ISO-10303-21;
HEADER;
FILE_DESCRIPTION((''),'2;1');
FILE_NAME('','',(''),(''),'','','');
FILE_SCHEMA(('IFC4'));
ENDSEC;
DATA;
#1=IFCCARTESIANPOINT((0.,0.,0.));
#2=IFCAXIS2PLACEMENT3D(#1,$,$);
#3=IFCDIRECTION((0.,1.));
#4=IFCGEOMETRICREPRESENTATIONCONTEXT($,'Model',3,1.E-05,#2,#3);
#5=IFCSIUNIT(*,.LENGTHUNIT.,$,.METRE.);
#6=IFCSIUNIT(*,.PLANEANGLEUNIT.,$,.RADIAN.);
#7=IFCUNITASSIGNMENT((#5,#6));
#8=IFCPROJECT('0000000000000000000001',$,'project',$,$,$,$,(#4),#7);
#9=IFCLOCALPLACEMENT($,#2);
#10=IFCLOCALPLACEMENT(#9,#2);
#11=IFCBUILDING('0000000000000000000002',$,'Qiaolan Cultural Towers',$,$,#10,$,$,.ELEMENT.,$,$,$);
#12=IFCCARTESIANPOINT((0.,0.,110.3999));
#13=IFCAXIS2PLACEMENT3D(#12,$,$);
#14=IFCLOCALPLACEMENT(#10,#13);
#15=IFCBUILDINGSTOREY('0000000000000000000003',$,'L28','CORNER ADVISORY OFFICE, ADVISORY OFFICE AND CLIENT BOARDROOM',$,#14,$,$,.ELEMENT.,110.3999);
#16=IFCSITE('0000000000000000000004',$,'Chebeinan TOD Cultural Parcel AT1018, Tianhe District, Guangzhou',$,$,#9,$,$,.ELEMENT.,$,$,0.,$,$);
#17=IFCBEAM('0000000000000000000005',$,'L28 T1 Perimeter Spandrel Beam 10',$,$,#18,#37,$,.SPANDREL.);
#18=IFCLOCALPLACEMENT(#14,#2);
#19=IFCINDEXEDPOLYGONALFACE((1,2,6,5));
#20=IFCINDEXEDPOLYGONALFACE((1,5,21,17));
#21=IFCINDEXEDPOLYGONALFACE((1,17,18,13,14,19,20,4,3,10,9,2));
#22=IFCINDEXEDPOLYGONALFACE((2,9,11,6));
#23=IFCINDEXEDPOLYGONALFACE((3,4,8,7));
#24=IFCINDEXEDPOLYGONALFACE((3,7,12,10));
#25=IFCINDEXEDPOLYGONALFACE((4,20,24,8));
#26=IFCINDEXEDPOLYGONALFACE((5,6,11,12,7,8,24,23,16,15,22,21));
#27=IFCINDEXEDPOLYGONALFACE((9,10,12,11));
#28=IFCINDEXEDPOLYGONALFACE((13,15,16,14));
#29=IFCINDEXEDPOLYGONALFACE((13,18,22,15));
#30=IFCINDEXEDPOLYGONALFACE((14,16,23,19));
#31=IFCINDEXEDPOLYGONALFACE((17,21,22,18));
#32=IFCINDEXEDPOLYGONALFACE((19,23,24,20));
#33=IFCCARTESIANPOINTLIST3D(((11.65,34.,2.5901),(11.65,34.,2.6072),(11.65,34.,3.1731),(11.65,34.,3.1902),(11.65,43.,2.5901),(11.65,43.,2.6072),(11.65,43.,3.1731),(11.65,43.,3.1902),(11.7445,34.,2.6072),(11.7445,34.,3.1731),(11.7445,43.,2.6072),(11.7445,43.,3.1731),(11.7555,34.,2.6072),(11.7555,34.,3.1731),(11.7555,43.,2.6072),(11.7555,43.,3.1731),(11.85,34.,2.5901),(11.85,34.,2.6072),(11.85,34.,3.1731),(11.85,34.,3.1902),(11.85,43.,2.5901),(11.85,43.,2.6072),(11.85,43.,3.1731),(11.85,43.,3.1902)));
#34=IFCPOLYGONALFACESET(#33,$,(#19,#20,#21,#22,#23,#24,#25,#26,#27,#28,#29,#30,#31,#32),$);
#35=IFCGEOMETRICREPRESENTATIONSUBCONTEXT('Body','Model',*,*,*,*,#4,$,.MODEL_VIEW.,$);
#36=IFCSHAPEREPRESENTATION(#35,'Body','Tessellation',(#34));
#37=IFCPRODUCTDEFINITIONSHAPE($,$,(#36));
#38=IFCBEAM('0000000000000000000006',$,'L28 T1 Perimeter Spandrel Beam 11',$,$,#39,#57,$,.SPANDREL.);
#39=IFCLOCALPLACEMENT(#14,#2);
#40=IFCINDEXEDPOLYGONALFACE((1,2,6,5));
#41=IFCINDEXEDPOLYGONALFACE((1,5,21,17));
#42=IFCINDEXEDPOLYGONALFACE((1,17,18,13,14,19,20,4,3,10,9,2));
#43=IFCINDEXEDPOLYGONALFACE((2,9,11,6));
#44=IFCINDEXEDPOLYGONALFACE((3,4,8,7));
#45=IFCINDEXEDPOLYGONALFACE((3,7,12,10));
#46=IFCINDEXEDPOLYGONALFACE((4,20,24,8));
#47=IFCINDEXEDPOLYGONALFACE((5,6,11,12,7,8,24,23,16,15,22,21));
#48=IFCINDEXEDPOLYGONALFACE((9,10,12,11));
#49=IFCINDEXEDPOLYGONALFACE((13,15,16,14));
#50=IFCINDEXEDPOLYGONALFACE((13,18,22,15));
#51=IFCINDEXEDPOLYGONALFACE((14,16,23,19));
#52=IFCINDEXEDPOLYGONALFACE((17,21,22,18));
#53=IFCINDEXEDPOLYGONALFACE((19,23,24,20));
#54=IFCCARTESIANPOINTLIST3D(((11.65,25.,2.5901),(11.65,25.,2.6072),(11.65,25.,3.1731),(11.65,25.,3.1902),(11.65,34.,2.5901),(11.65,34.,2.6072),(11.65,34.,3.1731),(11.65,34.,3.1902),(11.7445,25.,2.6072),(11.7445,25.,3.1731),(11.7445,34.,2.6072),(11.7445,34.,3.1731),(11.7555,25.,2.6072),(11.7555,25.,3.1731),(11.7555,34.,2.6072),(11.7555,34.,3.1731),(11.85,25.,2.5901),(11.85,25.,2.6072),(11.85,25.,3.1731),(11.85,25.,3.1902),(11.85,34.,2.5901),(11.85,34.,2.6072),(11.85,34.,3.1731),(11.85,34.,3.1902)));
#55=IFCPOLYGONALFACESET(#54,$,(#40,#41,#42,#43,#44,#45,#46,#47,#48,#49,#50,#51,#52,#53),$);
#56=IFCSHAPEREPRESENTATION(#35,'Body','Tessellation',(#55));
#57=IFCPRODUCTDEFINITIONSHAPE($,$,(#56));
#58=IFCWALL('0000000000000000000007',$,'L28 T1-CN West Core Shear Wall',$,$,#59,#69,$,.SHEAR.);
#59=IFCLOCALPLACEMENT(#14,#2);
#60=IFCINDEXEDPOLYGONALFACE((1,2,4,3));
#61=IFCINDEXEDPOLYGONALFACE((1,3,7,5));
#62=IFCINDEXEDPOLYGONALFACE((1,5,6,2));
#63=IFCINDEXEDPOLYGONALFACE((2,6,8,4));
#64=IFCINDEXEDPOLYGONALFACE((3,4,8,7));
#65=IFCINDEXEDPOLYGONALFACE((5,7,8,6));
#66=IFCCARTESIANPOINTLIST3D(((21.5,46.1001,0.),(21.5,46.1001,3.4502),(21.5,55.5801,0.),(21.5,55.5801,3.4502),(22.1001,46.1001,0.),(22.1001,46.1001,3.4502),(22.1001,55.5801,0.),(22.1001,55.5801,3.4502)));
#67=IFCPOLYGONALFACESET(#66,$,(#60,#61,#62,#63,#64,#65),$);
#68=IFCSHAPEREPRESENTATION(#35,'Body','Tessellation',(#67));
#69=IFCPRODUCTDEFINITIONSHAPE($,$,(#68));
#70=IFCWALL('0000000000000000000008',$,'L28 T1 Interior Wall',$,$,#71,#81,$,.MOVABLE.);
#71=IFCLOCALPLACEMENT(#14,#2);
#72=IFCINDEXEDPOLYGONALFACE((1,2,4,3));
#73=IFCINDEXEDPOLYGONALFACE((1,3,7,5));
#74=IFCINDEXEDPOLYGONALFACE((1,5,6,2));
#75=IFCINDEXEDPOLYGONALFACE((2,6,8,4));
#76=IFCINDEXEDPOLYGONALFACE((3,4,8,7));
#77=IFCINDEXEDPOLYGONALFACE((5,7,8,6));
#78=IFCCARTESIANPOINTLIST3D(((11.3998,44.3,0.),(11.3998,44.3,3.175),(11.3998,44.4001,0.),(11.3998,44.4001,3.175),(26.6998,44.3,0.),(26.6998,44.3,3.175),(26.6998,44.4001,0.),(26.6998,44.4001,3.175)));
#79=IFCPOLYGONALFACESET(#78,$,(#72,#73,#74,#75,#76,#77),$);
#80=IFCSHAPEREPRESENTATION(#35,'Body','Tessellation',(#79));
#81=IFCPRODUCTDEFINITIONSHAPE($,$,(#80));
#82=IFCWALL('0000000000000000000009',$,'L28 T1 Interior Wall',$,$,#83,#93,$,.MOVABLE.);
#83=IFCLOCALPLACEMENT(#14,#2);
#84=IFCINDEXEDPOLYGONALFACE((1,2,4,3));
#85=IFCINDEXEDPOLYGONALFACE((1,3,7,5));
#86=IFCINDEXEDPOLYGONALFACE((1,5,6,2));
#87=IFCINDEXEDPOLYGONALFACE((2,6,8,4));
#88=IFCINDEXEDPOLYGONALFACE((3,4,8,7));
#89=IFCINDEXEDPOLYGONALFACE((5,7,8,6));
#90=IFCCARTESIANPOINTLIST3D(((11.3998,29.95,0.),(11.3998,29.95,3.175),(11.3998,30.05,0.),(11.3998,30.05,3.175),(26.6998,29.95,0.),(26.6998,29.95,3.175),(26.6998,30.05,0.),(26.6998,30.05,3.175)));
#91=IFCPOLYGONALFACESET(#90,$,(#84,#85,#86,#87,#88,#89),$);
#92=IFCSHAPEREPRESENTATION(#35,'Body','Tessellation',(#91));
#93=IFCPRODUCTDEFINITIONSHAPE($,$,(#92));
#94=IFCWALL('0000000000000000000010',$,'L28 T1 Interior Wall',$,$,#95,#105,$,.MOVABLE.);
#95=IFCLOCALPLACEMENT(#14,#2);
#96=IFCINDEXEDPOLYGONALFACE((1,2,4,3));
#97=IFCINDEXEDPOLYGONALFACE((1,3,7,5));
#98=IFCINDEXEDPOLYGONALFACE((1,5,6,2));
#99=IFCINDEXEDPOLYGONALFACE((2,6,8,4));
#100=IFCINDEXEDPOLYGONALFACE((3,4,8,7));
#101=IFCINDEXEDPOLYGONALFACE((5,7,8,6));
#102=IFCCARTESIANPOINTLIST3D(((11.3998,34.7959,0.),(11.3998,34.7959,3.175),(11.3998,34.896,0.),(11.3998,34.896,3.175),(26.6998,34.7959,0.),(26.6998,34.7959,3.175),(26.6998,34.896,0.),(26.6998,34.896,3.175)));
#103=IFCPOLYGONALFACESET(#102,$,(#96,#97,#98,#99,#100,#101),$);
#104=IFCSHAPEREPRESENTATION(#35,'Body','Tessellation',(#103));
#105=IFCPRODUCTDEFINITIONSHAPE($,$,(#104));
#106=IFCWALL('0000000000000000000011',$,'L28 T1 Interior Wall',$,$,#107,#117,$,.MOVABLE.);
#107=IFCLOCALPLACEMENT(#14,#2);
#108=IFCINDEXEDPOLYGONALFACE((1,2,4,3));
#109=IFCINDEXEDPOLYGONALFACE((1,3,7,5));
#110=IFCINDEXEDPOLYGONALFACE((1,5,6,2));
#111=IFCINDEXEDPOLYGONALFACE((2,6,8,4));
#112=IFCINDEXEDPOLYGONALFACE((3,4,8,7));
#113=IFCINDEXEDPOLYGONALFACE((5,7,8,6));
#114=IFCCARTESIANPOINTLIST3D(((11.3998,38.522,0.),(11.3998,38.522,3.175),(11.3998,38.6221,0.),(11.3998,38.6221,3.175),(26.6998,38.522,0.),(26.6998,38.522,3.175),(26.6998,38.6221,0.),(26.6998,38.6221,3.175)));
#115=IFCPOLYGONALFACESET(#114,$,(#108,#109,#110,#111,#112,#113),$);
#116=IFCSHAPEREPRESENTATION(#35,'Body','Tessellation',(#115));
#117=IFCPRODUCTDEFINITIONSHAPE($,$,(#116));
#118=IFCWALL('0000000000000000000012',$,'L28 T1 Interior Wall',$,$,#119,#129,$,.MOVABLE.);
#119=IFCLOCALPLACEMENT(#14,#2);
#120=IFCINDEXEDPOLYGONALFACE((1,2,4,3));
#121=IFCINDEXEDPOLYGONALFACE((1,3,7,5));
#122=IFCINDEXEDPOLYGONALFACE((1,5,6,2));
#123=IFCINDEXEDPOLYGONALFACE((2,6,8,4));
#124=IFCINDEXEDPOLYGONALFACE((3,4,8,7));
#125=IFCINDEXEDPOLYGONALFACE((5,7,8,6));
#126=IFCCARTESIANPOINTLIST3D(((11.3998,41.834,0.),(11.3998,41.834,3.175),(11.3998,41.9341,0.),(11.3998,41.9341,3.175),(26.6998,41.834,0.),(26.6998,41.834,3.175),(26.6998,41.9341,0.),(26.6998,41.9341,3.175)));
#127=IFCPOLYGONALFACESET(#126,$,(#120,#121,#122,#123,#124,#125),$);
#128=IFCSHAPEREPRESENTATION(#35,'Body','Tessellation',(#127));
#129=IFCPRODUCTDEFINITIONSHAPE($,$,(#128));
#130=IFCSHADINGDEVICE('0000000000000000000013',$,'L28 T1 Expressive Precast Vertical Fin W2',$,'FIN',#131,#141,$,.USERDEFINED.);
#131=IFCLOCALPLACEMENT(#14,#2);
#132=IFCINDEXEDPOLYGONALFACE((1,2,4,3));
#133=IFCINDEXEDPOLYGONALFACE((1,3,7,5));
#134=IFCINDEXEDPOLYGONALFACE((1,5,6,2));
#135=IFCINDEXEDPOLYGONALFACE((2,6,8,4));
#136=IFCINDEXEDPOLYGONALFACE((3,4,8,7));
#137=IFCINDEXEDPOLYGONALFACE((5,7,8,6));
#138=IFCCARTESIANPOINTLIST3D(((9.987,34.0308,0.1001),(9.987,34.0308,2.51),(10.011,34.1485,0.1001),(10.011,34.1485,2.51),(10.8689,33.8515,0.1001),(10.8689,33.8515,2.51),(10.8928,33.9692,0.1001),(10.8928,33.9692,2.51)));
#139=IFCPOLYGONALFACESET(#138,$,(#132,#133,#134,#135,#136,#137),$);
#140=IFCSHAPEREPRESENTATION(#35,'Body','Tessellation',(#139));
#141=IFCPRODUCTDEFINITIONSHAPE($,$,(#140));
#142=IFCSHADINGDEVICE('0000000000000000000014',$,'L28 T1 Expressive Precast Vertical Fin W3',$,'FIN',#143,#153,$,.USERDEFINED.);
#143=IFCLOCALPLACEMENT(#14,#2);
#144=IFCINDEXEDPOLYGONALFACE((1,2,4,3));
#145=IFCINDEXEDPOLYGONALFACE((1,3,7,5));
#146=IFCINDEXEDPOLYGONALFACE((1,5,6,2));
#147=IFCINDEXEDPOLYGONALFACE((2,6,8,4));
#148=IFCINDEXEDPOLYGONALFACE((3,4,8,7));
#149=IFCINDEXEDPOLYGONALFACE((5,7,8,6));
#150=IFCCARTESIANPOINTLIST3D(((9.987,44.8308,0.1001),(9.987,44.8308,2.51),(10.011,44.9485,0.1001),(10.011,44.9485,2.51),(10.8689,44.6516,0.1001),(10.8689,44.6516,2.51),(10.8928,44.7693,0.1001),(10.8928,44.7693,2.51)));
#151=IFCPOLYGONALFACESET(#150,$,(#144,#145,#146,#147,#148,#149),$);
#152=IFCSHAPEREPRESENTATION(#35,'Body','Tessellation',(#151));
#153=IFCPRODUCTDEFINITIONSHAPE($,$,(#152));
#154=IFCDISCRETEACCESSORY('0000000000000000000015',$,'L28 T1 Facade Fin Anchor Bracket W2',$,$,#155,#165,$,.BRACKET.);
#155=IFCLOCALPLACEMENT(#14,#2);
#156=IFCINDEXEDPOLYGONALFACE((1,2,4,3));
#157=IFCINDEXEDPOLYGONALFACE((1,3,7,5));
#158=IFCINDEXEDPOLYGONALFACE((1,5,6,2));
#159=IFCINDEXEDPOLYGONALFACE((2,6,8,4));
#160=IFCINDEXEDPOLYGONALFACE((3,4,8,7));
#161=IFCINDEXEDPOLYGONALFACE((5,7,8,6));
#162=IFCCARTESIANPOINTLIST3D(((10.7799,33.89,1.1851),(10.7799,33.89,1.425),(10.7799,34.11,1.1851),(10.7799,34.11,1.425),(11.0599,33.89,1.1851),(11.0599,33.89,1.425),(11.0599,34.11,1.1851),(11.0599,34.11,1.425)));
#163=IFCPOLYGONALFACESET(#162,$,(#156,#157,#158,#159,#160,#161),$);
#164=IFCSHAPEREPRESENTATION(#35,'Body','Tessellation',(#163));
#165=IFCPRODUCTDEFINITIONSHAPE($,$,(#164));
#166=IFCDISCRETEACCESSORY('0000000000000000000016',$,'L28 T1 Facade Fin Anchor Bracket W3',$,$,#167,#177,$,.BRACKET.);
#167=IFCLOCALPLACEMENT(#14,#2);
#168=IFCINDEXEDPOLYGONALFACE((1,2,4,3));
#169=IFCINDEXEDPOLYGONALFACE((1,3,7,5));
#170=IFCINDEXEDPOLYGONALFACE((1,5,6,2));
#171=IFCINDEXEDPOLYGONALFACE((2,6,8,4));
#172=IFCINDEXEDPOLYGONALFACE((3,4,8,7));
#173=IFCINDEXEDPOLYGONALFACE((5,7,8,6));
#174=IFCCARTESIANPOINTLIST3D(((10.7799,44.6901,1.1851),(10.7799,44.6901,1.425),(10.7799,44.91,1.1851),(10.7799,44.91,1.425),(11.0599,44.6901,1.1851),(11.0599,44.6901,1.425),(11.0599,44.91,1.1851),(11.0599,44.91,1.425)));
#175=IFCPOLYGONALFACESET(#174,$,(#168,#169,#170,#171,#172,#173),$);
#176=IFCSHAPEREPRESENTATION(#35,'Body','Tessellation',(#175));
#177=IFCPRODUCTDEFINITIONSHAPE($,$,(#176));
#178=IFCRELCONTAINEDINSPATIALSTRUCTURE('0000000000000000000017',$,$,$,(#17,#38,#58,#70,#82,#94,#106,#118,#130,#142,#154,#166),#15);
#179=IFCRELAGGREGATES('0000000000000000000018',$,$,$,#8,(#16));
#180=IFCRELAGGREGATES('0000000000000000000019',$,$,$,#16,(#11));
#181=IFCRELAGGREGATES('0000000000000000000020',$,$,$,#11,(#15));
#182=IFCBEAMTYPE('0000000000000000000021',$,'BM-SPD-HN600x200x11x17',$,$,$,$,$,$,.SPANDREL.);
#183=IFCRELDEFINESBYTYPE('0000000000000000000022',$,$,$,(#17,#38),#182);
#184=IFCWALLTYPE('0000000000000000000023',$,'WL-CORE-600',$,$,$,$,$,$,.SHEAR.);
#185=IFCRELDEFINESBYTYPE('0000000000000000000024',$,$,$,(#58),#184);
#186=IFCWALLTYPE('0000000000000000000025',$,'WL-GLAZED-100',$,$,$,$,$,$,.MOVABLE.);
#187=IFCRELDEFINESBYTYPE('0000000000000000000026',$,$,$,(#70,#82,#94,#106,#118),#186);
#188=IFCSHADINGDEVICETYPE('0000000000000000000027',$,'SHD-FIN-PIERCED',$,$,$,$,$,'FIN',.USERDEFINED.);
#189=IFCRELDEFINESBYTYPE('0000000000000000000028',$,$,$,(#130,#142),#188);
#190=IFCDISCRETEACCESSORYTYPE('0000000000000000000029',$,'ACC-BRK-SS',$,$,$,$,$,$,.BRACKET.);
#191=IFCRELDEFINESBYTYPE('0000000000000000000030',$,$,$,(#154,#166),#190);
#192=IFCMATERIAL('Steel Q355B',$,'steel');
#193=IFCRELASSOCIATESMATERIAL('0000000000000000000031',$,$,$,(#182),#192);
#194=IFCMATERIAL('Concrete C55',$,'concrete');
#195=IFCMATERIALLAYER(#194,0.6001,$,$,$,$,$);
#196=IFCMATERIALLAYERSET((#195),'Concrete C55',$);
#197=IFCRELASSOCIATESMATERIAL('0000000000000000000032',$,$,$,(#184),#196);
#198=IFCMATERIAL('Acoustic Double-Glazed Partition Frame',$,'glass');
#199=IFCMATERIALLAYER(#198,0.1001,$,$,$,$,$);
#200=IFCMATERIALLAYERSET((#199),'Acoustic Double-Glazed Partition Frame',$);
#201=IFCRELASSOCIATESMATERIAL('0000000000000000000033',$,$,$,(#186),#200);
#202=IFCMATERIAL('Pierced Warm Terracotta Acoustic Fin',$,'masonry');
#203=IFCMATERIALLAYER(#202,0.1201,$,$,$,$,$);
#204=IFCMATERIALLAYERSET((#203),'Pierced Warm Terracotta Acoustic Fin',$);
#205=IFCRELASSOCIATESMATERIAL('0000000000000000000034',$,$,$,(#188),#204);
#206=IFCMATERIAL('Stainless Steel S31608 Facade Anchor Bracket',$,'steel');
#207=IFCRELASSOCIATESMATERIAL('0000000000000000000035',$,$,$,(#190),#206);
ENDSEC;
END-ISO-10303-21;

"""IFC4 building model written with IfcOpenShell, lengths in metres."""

from ifc_helpers import new_model, si_unit, direction, frame, frame_2d, origin, origin_2d, place, context, subcontext, project, spatial, rectangle, i_section, extrude, material, layer, layer_set, material_profile, profile_set, type_object, element, save


model = new_model("IFC4")

# Units and contexts
model_context = context("Model", 3, precision=1e-05, world=origin(), true_north=direction((0.0, 1.0)))
body_context = subcontext(model_context, "Body", "Model", "MODEL_VIEW")
ifc_project = project(units=[si_unit("LENGTHUNIT", "METRE"), si_unit("PLANEANGLEUNIT", "RADIAN")], contexts=[model_context])

# Site, building, storey
site_placement = place(None, origin())
site = spatial("IfcSite", under=ifc_project, at=site_placement, Name="Chebeinan TOD Cultural Parcel AT1018, Tianhe District, Guangzhou", CompositionType="ELEMENT", RefElevation=0.0)
building_placement = place(site_placement, origin())
building = spatial("IfcBuilding", under=site, at=building_placement, Name="Qiaolan Cultural Towers", CompositionType="ELEMENT")
storey_placement = place(building_placement, frame((0.0, 0.0, 110.3999)))
storey = spatial("IfcBuildingStorey", under=building, at=storey_placement, Name="L28", Description="CORNER ADVISORY OFFICE, ADVISORY OFFICE AND CLIENT BOARDROOM", CompositionType="ELEMENT", Elevation=110.3999)

# Beams
ifc_material_1 = material(Name="Steel Q355B", Category="steel")
ifc_material_profile_1 = material_profile(ifc_material_1, i_section(OverallWidth=0.2, OverallDepth=0.6001, WebThickness=0.011, FlangeThickness=0.0171, at=origin_2d()), Name="HN600x200x11x17")
ifc_profile_set_1 = profile_set([ifc_material_profile_1], Name="Steel Q355B")
beam_type_1 = type_object("IfcBeamType", Name="BM-SPD-HN600x200x11x17", PredefinedType="SPANDREL", material=ifc_profile_set_1)
for number, where, z_axis, x_axis, name in (
    (1, (11.75, 43.0, 2.8901), (0.0, -1.0, 0.0), (1.0, 0.0, 0.0), "L28 T1 Perimeter Spandrel Beam 10"),
    (2, (11.75, 34.0, 2.8901), (0.0, -1.0, 0.0), (1.0, 0.0, 0.0), "L28 T1 Perimeter Spandrel Beam 11"),
):
    element("IfcBeam", number, at=place(storey_placement, frame(where, z_axis=z_axis, x_axis=x_axis)), inside=storey, type_object=beam_type_1, Name=name, PredefinedType="SPANDREL", context=body_context, shape_type="SweptSolid", body=[
        extrude(i_section(OverallWidth=0.2, OverallDepth=0.6001, WebThickness=0.011, FlangeThickness=0.0171, at=origin_2d()), origin(), (0.0, 0.0, 1.0), 9.0),
    ])

# Walls
ifc_material_2 = material(Name="Concrete C55", Category="concrete")
ifc_layer_1 = layer(ifc_material_2, 0.6001)
ifc_layer_set_1 = layer_set([ifc_layer_1], Name="Concrete C55")
wall_type_1 = type_object("IfcWallType", Name="WL-CORE-600", PredefinedType="SHEAR", material=ifc_layer_set_1)
wall_placement = place(storey_placement, frame((21.8, 46.1001, 0.0), z_axis=(0.0, 0.0, 1.0), x_axis=(0.0, 1.0, 0.0)))
element("IfcWall", 3, at=wall_placement, inside=storey, type_object=wall_type_1, Name="L28 T1-CN West Core Shear Wall", PredefinedType="SHEAR", context=body_context, shape_type="SweptSolid", body=[
    extrude(rectangle(XDim=9.48, YDim=0.6001, at=frame_2d((4.74, 0.0))), origin(), (0.0, 0.0, 1.0), 3.4502),
])
ifc_material_3 = material(Name="Acoustic Double-Glazed Partition Frame", Category="glass")
ifc_layer_2 = layer(ifc_material_3, 0.1001)
ifc_layer_set_2 = layer_set([ifc_layer_2], Name="Acoustic Double-Glazed Partition Frame")
wall_type_2 = type_object("IfcWallType", Name="WL-GLAZED-100", PredefinedType="MOVABLE", material=ifc_layer_set_2)
for number, where, z_axis, x_axis, name in (
    (4, (11.3999, 44.3501, 0.0), (0.0, 0.0, 1.0), (1.0, 0.0, 0.0), "L28 T1 Interior Wall"),
    (5, (11.3999, 30.0, 0.0), (0.0, 0.0, 1.0), (1.0, 0.0, 0.0), "L28 T1 Interior Wall"),
    (6, (11.3999, 34.8459, 0.0), (0.0, 0.0, 1.0), (1.0, 0.0, 0.0), "L28 T1 Interior Wall"),
    (7, (11.3999, 38.572, 0.0), (0.0, 0.0, 1.0), (1.0, 0.0, 0.0), "L28 T1 Interior Wall"),
    (8, (11.3999, 41.884, 0.0), (0.0, 0.0, 1.0), (1.0, 0.0, 0.0), "L28 T1 Interior Wall"),
):
    element("IfcWall", number, at=place(storey_placement, frame(where, z_axis=z_axis, x_axis=x_axis)), inside=storey, type_object=wall_type_2, Name=name, PredefinedType="MOVABLE", context=body_context, shape_type="SweptSolid", body=[
        extrude(rectangle(XDim=15.3, YDim=0.1001, at=frame_2d((7.6499, 0.0))), origin(), (0.0, 0.0, 1.0), 3.175),
    ])

# Shading devices
ifc_material_4 = material(Name="Pierced Warm Terracotta Acoustic Fin", Category="masonry")
ifc_layer_3 = layer(ifc_material_4, 0.1201)
ifc_layer_set_3 = layer_set([ifc_layer_3], Name="Pierced Warm Terracotta Acoustic Fin")
shading_device_type = type_object("IfcShadingDeviceType", Name="SHD-FIN-PIERCED", ElementType="FIN", PredefinedType="USERDEFINED", material=ifc_layer_set_3)
for number, where, z_axis, x_axis, name in (
    (9, (10.4399, 34.0, 0.1001), (0.0, 0.0, 1.0), (0.979957, -0.199208, 0.0), "L28 T1 Expressive Precast Vertical Fin W2"),
    (10, (10.4399, 44.8, 0.1001), (0.0, 0.0, 1.0), (0.979957, -0.199208, 0.0), "L28 T1 Expressive Precast Vertical Fin W3"),
):
    element("IfcShadingDevice", number, at=place(storey_placement, frame(where, z_axis=z_axis, x_axis=x_axis)), inside=storey, type_object=shading_device_type, Name=name, ObjectType="FIN", PredefinedType="USERDEFINED", context=body_context, shape_type="SweptSolid", body=[
        extrude(rectangle(XDim=0.8999, YDim=0.1201, at=origin_2d()), origin(), (0.0, 0.0, 1.0), 2.4099),
    ])

# Discrete accessories
ifc_material_5 = material(Name="Stainless Steel S31608 Facade Anchor Bracket", Category="steel")
discrete_accessory_type = type_object("IfcDiscreteAccessoryType", Name="ACC-BRK-SS", PredefinedType="BRACKET", material=ifc_material_5)
for number, where, z_axis, x_axis, name in (
    (11, (10.9199, 34.0, 1.1851), (0.0, 0.0, 1.0), (1.0, 0.0, 0.0), "L28 T1 Facade Fin Anchor Bracket W2"),
    (12, (10.9199, 44.8, 1.1851), (0.0, 0.0, 1.0), (1.0, 0.0, 0.0), "L28 T1 Facade Fin Anchor Bracket W3"),
):
    element("IfcDiscreteAccessory", number, at=place(storey_placement, frame(where, z_axis=z_axis, x_axis=x_axis)), inside=storey, type_object=discrete_accessory_type, Name=name, PredefinedType="BRACKET", context=body_context, shape_type="SweptSolid", body=[
        extrude(rectangle(XDim=0.28, YDim=0.22, at=origin_2d()), origin(), (0.0, 0.0, 1.0), 0.24),
    ])

save(model, "model.ifc")
